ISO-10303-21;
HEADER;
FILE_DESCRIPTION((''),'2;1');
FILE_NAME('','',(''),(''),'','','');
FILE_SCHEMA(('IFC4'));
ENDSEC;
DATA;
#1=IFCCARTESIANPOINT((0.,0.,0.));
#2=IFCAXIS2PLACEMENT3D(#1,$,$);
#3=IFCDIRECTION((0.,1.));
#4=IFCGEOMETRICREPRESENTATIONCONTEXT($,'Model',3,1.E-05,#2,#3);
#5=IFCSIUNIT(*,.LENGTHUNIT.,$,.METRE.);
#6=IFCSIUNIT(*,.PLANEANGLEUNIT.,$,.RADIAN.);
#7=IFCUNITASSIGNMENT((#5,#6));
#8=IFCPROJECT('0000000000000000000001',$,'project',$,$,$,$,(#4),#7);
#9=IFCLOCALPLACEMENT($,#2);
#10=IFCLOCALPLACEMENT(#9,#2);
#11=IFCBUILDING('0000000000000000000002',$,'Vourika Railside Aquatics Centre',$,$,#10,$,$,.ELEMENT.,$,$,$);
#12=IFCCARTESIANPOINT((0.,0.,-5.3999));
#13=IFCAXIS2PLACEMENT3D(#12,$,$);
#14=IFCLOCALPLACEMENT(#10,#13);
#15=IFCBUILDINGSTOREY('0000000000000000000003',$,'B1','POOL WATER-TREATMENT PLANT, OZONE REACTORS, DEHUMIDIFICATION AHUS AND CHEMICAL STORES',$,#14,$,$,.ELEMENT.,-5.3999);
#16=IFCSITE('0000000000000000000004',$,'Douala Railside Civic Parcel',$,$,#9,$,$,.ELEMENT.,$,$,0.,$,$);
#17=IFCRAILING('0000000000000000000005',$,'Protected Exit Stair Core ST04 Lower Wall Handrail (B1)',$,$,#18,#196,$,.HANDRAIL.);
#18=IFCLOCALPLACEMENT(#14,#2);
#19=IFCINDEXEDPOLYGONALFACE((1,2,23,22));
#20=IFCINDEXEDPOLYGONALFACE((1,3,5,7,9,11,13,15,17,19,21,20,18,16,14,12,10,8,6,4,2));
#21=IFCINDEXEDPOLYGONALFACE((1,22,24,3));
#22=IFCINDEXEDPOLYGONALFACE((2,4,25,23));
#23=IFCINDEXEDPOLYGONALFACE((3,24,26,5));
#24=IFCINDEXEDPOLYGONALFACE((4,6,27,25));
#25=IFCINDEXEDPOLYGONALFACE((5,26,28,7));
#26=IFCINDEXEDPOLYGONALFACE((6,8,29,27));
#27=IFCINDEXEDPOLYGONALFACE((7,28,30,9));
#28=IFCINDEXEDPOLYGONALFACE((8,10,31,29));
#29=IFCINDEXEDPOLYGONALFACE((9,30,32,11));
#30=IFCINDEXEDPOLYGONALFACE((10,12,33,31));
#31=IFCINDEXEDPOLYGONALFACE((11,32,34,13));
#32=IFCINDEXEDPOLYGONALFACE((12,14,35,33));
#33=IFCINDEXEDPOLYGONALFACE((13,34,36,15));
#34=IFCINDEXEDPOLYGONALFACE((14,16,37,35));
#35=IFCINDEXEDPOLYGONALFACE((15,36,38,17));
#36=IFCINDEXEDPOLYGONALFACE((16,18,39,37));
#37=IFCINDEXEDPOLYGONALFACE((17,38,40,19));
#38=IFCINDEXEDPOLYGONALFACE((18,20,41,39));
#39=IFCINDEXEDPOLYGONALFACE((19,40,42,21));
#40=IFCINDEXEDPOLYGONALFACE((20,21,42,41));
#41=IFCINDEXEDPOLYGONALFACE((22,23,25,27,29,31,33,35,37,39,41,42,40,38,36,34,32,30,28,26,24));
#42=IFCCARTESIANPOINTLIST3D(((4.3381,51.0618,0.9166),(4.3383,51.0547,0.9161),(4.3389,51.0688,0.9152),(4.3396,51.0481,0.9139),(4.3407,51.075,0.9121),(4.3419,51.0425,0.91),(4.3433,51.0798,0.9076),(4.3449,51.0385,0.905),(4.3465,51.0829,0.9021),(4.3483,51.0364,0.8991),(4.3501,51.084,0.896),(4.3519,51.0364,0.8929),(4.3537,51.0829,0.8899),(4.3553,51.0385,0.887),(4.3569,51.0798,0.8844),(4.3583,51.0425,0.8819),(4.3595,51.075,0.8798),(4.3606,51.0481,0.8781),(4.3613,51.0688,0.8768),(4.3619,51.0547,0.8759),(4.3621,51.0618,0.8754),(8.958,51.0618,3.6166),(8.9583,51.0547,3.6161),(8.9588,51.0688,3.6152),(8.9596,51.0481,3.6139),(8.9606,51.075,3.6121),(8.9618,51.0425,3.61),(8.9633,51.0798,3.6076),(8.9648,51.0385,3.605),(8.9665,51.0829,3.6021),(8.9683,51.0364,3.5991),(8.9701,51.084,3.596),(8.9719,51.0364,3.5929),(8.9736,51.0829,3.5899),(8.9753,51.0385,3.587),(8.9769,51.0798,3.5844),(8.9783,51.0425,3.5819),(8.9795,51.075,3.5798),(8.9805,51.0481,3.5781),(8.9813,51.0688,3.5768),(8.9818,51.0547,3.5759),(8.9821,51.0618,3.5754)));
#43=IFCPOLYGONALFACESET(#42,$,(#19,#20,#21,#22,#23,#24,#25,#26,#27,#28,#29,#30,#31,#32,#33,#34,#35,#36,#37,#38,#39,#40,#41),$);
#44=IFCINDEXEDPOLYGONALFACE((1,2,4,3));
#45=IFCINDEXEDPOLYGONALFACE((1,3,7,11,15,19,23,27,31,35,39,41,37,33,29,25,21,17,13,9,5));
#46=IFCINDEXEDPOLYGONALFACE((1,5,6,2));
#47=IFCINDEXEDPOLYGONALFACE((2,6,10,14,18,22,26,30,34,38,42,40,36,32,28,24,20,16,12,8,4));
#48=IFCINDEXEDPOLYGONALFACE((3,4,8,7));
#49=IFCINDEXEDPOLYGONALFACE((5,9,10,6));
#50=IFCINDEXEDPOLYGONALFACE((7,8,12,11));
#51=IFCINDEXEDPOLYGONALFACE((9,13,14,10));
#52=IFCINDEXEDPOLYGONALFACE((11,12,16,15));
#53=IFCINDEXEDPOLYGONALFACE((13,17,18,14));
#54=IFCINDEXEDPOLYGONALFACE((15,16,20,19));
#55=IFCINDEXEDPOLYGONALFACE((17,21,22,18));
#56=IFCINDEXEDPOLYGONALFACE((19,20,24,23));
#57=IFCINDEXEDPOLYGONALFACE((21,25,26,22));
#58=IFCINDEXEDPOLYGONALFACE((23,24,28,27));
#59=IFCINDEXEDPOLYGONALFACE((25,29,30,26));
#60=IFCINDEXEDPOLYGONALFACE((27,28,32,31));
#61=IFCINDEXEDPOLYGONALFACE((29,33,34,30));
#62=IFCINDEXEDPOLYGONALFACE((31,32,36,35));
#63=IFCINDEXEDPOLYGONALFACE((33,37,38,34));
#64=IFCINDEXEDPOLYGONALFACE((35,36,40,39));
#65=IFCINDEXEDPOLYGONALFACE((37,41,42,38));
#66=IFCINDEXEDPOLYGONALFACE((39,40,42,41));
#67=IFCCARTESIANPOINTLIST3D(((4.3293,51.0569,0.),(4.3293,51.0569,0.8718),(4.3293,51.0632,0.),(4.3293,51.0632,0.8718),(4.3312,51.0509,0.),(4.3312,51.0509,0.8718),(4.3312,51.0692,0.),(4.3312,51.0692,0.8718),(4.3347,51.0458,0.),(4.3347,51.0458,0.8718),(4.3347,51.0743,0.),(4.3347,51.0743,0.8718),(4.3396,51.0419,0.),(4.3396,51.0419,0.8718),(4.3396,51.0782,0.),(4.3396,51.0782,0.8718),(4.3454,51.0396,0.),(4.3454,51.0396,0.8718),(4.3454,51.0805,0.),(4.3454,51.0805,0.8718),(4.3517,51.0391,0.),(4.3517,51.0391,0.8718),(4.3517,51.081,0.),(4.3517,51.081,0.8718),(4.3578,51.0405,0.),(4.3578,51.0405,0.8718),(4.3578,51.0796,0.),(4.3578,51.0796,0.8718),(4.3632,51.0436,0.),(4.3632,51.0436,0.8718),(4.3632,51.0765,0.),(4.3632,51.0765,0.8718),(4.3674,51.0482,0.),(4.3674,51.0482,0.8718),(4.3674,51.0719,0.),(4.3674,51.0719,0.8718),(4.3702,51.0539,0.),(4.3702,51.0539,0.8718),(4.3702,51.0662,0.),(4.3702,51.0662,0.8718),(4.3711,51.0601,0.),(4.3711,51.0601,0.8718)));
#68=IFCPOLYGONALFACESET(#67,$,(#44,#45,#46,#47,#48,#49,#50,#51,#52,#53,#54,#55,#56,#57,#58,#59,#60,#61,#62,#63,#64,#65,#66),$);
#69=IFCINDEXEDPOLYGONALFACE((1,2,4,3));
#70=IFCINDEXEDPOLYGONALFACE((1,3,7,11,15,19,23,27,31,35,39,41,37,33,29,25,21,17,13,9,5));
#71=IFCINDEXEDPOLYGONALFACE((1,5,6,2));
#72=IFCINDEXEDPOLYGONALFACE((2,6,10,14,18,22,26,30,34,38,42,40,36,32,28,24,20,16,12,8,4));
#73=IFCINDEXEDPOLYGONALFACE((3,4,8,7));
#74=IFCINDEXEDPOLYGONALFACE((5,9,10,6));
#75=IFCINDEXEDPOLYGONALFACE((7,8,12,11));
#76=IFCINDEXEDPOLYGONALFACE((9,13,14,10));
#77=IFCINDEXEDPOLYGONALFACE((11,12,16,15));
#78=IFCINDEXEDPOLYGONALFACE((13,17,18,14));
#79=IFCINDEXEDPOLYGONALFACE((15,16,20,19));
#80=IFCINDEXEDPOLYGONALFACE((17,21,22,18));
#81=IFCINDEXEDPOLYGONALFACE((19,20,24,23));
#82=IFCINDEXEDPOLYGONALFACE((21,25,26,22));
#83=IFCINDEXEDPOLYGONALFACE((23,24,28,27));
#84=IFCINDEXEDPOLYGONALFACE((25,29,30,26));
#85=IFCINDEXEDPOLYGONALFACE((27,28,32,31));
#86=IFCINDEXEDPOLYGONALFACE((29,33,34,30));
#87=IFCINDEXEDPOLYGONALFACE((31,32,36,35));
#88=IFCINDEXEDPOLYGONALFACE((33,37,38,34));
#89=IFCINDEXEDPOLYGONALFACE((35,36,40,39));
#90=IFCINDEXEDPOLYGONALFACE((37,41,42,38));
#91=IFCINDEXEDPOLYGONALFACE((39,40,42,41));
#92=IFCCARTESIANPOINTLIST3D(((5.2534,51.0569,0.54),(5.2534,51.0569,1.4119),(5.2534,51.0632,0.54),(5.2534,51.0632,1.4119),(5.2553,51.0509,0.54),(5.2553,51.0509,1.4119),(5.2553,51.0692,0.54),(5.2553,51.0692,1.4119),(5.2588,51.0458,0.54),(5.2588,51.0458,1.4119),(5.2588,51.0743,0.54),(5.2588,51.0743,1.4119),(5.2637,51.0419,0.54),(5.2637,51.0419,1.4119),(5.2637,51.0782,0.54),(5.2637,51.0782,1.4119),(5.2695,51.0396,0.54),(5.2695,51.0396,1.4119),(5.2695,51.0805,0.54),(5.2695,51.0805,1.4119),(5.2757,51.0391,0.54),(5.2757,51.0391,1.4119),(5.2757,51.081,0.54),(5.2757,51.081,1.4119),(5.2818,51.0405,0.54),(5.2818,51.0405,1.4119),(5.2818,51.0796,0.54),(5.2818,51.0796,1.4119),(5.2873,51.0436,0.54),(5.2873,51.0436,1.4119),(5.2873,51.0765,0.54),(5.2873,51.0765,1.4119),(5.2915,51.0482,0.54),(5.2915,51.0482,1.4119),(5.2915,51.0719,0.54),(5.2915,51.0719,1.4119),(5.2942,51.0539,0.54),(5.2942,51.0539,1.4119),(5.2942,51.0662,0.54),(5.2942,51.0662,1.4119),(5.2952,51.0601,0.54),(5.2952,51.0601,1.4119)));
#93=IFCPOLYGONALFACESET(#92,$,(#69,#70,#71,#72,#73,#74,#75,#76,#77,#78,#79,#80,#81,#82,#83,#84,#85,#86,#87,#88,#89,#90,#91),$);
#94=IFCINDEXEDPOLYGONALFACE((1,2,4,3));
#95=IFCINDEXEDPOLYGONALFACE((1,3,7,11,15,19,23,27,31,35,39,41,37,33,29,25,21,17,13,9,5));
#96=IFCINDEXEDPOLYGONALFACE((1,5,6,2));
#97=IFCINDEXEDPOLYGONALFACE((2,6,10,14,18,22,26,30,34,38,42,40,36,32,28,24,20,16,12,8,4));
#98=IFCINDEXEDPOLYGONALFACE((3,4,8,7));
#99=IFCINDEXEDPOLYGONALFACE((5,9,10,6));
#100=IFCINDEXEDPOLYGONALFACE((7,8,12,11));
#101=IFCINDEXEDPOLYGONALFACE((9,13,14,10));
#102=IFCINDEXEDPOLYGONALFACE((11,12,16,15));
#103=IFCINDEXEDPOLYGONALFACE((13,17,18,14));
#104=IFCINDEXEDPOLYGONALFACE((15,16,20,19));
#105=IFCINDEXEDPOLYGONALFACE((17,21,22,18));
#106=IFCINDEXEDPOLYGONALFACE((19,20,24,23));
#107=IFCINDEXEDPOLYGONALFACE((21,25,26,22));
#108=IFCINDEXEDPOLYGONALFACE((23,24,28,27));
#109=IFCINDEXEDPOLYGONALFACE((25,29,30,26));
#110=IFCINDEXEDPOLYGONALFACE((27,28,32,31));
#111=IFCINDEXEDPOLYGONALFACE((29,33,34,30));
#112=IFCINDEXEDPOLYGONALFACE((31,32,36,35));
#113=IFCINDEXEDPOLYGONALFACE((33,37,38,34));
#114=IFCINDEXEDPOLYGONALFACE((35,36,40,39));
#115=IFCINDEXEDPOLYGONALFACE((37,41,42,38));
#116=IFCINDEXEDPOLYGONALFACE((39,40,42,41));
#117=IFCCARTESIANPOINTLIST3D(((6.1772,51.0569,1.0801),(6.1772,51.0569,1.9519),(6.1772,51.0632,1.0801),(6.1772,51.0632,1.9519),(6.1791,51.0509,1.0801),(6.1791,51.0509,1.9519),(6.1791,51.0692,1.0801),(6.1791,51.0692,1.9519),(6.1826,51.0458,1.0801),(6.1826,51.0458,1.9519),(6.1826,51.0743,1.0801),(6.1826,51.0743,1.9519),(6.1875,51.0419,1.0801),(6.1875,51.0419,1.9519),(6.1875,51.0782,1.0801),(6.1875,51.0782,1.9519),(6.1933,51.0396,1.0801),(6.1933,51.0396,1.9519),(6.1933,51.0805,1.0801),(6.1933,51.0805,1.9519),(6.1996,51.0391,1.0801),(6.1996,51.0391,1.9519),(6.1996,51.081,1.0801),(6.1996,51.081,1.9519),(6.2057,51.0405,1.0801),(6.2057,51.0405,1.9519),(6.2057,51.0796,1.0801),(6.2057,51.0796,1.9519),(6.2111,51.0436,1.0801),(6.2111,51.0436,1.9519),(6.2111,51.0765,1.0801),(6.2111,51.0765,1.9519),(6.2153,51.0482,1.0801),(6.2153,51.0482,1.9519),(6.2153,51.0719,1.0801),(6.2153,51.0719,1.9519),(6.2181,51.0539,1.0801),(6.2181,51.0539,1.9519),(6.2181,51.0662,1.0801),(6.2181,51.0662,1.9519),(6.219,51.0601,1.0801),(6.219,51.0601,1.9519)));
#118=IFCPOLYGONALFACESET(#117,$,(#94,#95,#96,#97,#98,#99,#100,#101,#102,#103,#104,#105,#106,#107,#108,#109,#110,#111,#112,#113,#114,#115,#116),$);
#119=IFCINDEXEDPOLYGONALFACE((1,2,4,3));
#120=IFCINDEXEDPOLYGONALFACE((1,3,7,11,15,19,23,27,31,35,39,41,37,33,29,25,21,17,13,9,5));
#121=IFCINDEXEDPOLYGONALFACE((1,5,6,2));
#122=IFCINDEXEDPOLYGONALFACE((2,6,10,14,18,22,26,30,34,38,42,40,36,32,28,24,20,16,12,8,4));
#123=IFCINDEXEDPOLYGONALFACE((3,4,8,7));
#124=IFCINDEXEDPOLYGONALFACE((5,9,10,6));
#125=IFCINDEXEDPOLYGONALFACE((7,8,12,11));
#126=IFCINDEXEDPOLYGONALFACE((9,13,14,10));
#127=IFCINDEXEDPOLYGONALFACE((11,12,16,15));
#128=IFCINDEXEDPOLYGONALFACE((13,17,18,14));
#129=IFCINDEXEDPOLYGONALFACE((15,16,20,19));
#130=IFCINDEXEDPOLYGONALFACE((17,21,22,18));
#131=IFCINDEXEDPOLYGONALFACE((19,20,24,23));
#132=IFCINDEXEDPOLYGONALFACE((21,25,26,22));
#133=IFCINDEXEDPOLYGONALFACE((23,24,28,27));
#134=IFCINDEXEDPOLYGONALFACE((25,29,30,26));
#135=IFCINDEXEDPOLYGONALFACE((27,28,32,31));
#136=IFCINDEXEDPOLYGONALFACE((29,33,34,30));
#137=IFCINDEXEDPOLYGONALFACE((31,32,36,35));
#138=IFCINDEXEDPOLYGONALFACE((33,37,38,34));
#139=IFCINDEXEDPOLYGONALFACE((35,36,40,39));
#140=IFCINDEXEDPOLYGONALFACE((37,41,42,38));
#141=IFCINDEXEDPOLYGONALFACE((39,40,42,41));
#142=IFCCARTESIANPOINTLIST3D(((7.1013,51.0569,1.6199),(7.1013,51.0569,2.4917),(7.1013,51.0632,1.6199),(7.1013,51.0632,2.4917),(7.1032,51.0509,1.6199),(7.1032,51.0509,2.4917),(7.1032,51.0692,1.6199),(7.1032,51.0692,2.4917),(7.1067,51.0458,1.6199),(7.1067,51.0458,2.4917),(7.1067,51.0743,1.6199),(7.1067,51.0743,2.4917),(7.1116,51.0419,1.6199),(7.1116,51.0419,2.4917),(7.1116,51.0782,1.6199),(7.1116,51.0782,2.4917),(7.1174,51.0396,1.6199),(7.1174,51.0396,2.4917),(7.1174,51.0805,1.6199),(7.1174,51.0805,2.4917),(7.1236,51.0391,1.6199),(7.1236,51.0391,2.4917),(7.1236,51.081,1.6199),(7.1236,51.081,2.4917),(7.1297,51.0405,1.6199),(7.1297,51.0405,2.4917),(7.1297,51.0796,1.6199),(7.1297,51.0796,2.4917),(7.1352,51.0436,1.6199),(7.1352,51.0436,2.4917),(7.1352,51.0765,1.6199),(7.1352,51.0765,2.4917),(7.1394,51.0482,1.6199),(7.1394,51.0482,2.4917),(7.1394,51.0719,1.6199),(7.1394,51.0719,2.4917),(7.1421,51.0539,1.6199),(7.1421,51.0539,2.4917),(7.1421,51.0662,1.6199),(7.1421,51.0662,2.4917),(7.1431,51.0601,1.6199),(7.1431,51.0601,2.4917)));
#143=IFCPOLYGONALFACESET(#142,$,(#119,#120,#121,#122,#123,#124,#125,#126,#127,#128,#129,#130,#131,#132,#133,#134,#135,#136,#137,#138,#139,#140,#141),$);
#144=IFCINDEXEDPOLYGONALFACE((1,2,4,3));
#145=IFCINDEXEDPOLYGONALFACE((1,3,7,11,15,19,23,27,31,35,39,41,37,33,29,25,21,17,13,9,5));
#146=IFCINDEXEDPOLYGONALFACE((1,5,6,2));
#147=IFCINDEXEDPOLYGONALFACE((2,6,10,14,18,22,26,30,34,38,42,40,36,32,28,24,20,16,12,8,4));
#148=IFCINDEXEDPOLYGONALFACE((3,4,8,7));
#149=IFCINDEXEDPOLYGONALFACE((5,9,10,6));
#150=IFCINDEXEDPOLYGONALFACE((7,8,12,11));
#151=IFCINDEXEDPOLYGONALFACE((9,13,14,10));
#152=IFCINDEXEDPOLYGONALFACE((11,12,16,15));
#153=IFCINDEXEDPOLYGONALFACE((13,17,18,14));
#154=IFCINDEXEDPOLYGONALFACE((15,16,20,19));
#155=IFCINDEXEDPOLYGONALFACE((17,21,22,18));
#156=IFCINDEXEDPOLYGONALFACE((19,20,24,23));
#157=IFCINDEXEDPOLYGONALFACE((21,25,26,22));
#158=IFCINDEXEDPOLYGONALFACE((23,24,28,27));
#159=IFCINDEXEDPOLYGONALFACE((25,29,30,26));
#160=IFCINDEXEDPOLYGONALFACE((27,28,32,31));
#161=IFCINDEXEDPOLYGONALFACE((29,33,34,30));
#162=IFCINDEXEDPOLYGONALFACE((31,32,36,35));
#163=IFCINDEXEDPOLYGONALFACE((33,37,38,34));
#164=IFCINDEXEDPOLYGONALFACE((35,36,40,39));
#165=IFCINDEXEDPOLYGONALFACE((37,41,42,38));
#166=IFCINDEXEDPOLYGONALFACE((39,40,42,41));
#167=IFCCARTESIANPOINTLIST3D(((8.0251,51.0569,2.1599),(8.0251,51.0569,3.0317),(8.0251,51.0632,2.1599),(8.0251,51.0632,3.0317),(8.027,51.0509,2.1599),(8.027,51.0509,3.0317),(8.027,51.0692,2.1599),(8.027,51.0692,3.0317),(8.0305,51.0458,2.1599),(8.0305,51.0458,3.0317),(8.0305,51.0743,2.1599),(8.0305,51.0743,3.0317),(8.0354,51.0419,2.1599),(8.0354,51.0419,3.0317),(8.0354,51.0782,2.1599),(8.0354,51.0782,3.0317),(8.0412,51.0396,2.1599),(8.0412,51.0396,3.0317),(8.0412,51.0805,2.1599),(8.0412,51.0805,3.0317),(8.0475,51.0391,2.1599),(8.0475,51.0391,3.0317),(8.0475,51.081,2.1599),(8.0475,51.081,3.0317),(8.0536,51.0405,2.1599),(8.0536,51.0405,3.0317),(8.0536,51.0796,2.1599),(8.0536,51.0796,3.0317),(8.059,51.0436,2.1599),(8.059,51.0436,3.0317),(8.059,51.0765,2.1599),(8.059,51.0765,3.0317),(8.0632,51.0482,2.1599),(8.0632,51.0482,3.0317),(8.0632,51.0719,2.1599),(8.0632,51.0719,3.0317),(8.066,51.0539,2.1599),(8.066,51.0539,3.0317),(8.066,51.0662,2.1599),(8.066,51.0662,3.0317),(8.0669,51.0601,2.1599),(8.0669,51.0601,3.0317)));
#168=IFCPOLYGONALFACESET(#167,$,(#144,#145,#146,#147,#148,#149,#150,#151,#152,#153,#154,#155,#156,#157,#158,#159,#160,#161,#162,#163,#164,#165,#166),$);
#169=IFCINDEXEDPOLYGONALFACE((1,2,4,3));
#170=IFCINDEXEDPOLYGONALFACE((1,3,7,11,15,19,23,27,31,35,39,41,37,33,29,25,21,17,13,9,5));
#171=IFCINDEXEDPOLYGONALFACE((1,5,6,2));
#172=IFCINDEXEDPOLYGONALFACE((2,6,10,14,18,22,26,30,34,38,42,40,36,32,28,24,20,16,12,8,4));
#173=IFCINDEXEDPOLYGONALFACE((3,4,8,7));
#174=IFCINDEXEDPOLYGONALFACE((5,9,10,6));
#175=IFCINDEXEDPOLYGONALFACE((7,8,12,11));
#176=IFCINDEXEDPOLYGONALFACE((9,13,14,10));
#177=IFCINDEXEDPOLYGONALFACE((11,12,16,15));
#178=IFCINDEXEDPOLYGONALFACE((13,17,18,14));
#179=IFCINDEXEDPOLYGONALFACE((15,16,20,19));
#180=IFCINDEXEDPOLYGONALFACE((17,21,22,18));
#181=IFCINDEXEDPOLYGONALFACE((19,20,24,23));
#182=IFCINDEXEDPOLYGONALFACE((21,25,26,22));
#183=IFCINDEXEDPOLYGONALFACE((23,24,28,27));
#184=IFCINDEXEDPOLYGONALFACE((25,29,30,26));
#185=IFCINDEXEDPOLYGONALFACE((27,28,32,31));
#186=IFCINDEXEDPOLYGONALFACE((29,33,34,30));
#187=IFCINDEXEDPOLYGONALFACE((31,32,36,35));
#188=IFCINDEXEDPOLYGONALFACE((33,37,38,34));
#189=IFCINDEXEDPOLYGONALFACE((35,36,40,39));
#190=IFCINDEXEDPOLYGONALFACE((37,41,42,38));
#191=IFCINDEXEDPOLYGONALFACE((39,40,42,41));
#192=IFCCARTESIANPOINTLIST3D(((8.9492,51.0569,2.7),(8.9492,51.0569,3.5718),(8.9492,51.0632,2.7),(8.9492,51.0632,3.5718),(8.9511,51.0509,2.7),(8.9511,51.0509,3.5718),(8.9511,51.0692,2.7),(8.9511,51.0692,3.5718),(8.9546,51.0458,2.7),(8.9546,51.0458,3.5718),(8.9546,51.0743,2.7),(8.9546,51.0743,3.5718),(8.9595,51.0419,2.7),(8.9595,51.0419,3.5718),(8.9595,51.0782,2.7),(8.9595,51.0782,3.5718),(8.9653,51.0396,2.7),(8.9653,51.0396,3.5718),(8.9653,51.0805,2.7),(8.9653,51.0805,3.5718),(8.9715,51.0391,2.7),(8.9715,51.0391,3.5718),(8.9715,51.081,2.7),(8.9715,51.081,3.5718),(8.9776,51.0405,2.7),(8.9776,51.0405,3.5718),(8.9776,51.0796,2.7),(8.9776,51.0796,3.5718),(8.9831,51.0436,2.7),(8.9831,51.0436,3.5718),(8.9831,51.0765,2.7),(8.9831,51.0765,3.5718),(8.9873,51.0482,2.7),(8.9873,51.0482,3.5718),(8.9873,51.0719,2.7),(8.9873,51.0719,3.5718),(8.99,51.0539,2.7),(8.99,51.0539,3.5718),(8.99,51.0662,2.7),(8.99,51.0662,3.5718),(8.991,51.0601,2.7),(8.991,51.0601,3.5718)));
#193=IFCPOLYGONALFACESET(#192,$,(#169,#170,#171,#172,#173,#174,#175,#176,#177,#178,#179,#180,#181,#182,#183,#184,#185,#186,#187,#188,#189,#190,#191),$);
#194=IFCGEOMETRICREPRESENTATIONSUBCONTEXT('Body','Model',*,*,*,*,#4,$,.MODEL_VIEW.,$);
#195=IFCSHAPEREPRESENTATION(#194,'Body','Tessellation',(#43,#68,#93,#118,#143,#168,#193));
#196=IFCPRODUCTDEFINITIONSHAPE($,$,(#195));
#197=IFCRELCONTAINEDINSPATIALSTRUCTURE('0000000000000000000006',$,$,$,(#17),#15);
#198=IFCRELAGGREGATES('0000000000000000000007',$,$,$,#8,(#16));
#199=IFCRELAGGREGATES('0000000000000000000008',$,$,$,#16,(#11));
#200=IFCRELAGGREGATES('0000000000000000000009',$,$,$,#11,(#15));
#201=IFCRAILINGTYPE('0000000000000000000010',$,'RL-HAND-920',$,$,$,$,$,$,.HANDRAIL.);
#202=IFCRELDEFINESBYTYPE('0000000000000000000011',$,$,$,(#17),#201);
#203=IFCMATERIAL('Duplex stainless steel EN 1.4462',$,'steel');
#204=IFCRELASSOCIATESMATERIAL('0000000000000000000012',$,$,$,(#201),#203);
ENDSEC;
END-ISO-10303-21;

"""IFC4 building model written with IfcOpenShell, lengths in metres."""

from ifc_helpers import new_model, si_unit, direction, frame, origin, origin_2d, place, context, subcontext, project, spatial, circle, extrude, material, type_object, element, save


model = new_model("IFC4")

# Units and contexts
model_context = context("Model", 3, precision=1e-05, world=origin(), true_north=direction((0.0, 1.0)))
body_context = subcontext(model_context, "Body", "Model", "MODEL_VIEW")
ifc_project = project(units=[si_unit("LENGTHUNIT", "METRE"), si_unit("PLANEANGLEUNIT", "RADIAN")], contexts=[model_context])

# Site, building, storey
site_placement = place(None, origin())
site = spatial("IfcSite", under=ifc_project, at=site_placement, Name="Douala Railside Civic Parcel", CompositionType="ELEMENT", RefElevation=0.0)
building_placement = place(site_placement, origin())
building = spatial("IfcBuilding", under=site, at=building_placement, Name="Vourika Railside Aquatics Centre", CompositionType="ELEMENT")
storey_placement = place(building_placement, frame((0.0, 0.0, -5.3999)))
storey = spatial("IfcBuildingStorey", under=building, at=storey_placement, Name="B1", Description="POOL WATER-TREATMENT PLANT, OZONE REACTORS, DEHUMIDIFICATION AHUS AND CHEMICAL STORES", CompositionType="ELEMENT", Elevation=-5.3999)

# Railing
ifc_material_1 = material(Name="Duplex stainless steel EN 1.4462", Category="steel")
railing_type = type_object("IfcRailingType", Name="RL-HAND-920", PredefinedType="HANDRAIL", material=ifc_material_1)
railing_placement = place(storey_placement, frame((4.3501, 51.0601, 0.0)))
element("IfcRailing", 1, at=railing_placement, inside=storey, type_object=railing_type, Name="Protected Exit Stair Core ST04 Lower Wall Handrail (B1)", PredefinedType="HANDRAIL", context=body_context, shape_type="SweptSolid", body=[
    extrude(circle(Radius=0.0239, at=origin_2d()), frame((0.0, 0.0, 0.896), z_axis=(0.86337, 0.0, 0.504572), x_axis=(0.0, 1.0, 0.0)), (0.0, 0.0, 1.0), 5.3511),
    extrude(circle(Radius=0.021, at=origin_2d()), origin(), (0.0, 0.0, 1.0), 0.8718),
    extrude(circle(Radius=0.021, at=origin_2d()), frame((0.9241, 0.0, 0.54)), (0.0, 0.0, 1.0), 0.8718),
    extrude(circle(Radius=0.021, at=origin_2d()), frame((1.8479, 0.0, 1.0801)), (0.0, 0.0, 1.0), 0.8718),
    extrude(circle(Radius=0.021, at=origin_2d()), frame((2.772, 0.0, 1.6199)), (0.0, 0.0, 1.0), 0.8718),
    extrude(circle(Radius=0.021, at=origin_2d()), frame((3.6958, 0.0, 2.1599)), (0.0, 0.0, 1.0), 0.8718),
    extrude(circle(Radius=0.021, at=origin_2d()), frame((4.6199, 0.0, 2.7)), (0.0, 0.0, 1.0), 0.8718),
])

save(model, "model.ifc")
